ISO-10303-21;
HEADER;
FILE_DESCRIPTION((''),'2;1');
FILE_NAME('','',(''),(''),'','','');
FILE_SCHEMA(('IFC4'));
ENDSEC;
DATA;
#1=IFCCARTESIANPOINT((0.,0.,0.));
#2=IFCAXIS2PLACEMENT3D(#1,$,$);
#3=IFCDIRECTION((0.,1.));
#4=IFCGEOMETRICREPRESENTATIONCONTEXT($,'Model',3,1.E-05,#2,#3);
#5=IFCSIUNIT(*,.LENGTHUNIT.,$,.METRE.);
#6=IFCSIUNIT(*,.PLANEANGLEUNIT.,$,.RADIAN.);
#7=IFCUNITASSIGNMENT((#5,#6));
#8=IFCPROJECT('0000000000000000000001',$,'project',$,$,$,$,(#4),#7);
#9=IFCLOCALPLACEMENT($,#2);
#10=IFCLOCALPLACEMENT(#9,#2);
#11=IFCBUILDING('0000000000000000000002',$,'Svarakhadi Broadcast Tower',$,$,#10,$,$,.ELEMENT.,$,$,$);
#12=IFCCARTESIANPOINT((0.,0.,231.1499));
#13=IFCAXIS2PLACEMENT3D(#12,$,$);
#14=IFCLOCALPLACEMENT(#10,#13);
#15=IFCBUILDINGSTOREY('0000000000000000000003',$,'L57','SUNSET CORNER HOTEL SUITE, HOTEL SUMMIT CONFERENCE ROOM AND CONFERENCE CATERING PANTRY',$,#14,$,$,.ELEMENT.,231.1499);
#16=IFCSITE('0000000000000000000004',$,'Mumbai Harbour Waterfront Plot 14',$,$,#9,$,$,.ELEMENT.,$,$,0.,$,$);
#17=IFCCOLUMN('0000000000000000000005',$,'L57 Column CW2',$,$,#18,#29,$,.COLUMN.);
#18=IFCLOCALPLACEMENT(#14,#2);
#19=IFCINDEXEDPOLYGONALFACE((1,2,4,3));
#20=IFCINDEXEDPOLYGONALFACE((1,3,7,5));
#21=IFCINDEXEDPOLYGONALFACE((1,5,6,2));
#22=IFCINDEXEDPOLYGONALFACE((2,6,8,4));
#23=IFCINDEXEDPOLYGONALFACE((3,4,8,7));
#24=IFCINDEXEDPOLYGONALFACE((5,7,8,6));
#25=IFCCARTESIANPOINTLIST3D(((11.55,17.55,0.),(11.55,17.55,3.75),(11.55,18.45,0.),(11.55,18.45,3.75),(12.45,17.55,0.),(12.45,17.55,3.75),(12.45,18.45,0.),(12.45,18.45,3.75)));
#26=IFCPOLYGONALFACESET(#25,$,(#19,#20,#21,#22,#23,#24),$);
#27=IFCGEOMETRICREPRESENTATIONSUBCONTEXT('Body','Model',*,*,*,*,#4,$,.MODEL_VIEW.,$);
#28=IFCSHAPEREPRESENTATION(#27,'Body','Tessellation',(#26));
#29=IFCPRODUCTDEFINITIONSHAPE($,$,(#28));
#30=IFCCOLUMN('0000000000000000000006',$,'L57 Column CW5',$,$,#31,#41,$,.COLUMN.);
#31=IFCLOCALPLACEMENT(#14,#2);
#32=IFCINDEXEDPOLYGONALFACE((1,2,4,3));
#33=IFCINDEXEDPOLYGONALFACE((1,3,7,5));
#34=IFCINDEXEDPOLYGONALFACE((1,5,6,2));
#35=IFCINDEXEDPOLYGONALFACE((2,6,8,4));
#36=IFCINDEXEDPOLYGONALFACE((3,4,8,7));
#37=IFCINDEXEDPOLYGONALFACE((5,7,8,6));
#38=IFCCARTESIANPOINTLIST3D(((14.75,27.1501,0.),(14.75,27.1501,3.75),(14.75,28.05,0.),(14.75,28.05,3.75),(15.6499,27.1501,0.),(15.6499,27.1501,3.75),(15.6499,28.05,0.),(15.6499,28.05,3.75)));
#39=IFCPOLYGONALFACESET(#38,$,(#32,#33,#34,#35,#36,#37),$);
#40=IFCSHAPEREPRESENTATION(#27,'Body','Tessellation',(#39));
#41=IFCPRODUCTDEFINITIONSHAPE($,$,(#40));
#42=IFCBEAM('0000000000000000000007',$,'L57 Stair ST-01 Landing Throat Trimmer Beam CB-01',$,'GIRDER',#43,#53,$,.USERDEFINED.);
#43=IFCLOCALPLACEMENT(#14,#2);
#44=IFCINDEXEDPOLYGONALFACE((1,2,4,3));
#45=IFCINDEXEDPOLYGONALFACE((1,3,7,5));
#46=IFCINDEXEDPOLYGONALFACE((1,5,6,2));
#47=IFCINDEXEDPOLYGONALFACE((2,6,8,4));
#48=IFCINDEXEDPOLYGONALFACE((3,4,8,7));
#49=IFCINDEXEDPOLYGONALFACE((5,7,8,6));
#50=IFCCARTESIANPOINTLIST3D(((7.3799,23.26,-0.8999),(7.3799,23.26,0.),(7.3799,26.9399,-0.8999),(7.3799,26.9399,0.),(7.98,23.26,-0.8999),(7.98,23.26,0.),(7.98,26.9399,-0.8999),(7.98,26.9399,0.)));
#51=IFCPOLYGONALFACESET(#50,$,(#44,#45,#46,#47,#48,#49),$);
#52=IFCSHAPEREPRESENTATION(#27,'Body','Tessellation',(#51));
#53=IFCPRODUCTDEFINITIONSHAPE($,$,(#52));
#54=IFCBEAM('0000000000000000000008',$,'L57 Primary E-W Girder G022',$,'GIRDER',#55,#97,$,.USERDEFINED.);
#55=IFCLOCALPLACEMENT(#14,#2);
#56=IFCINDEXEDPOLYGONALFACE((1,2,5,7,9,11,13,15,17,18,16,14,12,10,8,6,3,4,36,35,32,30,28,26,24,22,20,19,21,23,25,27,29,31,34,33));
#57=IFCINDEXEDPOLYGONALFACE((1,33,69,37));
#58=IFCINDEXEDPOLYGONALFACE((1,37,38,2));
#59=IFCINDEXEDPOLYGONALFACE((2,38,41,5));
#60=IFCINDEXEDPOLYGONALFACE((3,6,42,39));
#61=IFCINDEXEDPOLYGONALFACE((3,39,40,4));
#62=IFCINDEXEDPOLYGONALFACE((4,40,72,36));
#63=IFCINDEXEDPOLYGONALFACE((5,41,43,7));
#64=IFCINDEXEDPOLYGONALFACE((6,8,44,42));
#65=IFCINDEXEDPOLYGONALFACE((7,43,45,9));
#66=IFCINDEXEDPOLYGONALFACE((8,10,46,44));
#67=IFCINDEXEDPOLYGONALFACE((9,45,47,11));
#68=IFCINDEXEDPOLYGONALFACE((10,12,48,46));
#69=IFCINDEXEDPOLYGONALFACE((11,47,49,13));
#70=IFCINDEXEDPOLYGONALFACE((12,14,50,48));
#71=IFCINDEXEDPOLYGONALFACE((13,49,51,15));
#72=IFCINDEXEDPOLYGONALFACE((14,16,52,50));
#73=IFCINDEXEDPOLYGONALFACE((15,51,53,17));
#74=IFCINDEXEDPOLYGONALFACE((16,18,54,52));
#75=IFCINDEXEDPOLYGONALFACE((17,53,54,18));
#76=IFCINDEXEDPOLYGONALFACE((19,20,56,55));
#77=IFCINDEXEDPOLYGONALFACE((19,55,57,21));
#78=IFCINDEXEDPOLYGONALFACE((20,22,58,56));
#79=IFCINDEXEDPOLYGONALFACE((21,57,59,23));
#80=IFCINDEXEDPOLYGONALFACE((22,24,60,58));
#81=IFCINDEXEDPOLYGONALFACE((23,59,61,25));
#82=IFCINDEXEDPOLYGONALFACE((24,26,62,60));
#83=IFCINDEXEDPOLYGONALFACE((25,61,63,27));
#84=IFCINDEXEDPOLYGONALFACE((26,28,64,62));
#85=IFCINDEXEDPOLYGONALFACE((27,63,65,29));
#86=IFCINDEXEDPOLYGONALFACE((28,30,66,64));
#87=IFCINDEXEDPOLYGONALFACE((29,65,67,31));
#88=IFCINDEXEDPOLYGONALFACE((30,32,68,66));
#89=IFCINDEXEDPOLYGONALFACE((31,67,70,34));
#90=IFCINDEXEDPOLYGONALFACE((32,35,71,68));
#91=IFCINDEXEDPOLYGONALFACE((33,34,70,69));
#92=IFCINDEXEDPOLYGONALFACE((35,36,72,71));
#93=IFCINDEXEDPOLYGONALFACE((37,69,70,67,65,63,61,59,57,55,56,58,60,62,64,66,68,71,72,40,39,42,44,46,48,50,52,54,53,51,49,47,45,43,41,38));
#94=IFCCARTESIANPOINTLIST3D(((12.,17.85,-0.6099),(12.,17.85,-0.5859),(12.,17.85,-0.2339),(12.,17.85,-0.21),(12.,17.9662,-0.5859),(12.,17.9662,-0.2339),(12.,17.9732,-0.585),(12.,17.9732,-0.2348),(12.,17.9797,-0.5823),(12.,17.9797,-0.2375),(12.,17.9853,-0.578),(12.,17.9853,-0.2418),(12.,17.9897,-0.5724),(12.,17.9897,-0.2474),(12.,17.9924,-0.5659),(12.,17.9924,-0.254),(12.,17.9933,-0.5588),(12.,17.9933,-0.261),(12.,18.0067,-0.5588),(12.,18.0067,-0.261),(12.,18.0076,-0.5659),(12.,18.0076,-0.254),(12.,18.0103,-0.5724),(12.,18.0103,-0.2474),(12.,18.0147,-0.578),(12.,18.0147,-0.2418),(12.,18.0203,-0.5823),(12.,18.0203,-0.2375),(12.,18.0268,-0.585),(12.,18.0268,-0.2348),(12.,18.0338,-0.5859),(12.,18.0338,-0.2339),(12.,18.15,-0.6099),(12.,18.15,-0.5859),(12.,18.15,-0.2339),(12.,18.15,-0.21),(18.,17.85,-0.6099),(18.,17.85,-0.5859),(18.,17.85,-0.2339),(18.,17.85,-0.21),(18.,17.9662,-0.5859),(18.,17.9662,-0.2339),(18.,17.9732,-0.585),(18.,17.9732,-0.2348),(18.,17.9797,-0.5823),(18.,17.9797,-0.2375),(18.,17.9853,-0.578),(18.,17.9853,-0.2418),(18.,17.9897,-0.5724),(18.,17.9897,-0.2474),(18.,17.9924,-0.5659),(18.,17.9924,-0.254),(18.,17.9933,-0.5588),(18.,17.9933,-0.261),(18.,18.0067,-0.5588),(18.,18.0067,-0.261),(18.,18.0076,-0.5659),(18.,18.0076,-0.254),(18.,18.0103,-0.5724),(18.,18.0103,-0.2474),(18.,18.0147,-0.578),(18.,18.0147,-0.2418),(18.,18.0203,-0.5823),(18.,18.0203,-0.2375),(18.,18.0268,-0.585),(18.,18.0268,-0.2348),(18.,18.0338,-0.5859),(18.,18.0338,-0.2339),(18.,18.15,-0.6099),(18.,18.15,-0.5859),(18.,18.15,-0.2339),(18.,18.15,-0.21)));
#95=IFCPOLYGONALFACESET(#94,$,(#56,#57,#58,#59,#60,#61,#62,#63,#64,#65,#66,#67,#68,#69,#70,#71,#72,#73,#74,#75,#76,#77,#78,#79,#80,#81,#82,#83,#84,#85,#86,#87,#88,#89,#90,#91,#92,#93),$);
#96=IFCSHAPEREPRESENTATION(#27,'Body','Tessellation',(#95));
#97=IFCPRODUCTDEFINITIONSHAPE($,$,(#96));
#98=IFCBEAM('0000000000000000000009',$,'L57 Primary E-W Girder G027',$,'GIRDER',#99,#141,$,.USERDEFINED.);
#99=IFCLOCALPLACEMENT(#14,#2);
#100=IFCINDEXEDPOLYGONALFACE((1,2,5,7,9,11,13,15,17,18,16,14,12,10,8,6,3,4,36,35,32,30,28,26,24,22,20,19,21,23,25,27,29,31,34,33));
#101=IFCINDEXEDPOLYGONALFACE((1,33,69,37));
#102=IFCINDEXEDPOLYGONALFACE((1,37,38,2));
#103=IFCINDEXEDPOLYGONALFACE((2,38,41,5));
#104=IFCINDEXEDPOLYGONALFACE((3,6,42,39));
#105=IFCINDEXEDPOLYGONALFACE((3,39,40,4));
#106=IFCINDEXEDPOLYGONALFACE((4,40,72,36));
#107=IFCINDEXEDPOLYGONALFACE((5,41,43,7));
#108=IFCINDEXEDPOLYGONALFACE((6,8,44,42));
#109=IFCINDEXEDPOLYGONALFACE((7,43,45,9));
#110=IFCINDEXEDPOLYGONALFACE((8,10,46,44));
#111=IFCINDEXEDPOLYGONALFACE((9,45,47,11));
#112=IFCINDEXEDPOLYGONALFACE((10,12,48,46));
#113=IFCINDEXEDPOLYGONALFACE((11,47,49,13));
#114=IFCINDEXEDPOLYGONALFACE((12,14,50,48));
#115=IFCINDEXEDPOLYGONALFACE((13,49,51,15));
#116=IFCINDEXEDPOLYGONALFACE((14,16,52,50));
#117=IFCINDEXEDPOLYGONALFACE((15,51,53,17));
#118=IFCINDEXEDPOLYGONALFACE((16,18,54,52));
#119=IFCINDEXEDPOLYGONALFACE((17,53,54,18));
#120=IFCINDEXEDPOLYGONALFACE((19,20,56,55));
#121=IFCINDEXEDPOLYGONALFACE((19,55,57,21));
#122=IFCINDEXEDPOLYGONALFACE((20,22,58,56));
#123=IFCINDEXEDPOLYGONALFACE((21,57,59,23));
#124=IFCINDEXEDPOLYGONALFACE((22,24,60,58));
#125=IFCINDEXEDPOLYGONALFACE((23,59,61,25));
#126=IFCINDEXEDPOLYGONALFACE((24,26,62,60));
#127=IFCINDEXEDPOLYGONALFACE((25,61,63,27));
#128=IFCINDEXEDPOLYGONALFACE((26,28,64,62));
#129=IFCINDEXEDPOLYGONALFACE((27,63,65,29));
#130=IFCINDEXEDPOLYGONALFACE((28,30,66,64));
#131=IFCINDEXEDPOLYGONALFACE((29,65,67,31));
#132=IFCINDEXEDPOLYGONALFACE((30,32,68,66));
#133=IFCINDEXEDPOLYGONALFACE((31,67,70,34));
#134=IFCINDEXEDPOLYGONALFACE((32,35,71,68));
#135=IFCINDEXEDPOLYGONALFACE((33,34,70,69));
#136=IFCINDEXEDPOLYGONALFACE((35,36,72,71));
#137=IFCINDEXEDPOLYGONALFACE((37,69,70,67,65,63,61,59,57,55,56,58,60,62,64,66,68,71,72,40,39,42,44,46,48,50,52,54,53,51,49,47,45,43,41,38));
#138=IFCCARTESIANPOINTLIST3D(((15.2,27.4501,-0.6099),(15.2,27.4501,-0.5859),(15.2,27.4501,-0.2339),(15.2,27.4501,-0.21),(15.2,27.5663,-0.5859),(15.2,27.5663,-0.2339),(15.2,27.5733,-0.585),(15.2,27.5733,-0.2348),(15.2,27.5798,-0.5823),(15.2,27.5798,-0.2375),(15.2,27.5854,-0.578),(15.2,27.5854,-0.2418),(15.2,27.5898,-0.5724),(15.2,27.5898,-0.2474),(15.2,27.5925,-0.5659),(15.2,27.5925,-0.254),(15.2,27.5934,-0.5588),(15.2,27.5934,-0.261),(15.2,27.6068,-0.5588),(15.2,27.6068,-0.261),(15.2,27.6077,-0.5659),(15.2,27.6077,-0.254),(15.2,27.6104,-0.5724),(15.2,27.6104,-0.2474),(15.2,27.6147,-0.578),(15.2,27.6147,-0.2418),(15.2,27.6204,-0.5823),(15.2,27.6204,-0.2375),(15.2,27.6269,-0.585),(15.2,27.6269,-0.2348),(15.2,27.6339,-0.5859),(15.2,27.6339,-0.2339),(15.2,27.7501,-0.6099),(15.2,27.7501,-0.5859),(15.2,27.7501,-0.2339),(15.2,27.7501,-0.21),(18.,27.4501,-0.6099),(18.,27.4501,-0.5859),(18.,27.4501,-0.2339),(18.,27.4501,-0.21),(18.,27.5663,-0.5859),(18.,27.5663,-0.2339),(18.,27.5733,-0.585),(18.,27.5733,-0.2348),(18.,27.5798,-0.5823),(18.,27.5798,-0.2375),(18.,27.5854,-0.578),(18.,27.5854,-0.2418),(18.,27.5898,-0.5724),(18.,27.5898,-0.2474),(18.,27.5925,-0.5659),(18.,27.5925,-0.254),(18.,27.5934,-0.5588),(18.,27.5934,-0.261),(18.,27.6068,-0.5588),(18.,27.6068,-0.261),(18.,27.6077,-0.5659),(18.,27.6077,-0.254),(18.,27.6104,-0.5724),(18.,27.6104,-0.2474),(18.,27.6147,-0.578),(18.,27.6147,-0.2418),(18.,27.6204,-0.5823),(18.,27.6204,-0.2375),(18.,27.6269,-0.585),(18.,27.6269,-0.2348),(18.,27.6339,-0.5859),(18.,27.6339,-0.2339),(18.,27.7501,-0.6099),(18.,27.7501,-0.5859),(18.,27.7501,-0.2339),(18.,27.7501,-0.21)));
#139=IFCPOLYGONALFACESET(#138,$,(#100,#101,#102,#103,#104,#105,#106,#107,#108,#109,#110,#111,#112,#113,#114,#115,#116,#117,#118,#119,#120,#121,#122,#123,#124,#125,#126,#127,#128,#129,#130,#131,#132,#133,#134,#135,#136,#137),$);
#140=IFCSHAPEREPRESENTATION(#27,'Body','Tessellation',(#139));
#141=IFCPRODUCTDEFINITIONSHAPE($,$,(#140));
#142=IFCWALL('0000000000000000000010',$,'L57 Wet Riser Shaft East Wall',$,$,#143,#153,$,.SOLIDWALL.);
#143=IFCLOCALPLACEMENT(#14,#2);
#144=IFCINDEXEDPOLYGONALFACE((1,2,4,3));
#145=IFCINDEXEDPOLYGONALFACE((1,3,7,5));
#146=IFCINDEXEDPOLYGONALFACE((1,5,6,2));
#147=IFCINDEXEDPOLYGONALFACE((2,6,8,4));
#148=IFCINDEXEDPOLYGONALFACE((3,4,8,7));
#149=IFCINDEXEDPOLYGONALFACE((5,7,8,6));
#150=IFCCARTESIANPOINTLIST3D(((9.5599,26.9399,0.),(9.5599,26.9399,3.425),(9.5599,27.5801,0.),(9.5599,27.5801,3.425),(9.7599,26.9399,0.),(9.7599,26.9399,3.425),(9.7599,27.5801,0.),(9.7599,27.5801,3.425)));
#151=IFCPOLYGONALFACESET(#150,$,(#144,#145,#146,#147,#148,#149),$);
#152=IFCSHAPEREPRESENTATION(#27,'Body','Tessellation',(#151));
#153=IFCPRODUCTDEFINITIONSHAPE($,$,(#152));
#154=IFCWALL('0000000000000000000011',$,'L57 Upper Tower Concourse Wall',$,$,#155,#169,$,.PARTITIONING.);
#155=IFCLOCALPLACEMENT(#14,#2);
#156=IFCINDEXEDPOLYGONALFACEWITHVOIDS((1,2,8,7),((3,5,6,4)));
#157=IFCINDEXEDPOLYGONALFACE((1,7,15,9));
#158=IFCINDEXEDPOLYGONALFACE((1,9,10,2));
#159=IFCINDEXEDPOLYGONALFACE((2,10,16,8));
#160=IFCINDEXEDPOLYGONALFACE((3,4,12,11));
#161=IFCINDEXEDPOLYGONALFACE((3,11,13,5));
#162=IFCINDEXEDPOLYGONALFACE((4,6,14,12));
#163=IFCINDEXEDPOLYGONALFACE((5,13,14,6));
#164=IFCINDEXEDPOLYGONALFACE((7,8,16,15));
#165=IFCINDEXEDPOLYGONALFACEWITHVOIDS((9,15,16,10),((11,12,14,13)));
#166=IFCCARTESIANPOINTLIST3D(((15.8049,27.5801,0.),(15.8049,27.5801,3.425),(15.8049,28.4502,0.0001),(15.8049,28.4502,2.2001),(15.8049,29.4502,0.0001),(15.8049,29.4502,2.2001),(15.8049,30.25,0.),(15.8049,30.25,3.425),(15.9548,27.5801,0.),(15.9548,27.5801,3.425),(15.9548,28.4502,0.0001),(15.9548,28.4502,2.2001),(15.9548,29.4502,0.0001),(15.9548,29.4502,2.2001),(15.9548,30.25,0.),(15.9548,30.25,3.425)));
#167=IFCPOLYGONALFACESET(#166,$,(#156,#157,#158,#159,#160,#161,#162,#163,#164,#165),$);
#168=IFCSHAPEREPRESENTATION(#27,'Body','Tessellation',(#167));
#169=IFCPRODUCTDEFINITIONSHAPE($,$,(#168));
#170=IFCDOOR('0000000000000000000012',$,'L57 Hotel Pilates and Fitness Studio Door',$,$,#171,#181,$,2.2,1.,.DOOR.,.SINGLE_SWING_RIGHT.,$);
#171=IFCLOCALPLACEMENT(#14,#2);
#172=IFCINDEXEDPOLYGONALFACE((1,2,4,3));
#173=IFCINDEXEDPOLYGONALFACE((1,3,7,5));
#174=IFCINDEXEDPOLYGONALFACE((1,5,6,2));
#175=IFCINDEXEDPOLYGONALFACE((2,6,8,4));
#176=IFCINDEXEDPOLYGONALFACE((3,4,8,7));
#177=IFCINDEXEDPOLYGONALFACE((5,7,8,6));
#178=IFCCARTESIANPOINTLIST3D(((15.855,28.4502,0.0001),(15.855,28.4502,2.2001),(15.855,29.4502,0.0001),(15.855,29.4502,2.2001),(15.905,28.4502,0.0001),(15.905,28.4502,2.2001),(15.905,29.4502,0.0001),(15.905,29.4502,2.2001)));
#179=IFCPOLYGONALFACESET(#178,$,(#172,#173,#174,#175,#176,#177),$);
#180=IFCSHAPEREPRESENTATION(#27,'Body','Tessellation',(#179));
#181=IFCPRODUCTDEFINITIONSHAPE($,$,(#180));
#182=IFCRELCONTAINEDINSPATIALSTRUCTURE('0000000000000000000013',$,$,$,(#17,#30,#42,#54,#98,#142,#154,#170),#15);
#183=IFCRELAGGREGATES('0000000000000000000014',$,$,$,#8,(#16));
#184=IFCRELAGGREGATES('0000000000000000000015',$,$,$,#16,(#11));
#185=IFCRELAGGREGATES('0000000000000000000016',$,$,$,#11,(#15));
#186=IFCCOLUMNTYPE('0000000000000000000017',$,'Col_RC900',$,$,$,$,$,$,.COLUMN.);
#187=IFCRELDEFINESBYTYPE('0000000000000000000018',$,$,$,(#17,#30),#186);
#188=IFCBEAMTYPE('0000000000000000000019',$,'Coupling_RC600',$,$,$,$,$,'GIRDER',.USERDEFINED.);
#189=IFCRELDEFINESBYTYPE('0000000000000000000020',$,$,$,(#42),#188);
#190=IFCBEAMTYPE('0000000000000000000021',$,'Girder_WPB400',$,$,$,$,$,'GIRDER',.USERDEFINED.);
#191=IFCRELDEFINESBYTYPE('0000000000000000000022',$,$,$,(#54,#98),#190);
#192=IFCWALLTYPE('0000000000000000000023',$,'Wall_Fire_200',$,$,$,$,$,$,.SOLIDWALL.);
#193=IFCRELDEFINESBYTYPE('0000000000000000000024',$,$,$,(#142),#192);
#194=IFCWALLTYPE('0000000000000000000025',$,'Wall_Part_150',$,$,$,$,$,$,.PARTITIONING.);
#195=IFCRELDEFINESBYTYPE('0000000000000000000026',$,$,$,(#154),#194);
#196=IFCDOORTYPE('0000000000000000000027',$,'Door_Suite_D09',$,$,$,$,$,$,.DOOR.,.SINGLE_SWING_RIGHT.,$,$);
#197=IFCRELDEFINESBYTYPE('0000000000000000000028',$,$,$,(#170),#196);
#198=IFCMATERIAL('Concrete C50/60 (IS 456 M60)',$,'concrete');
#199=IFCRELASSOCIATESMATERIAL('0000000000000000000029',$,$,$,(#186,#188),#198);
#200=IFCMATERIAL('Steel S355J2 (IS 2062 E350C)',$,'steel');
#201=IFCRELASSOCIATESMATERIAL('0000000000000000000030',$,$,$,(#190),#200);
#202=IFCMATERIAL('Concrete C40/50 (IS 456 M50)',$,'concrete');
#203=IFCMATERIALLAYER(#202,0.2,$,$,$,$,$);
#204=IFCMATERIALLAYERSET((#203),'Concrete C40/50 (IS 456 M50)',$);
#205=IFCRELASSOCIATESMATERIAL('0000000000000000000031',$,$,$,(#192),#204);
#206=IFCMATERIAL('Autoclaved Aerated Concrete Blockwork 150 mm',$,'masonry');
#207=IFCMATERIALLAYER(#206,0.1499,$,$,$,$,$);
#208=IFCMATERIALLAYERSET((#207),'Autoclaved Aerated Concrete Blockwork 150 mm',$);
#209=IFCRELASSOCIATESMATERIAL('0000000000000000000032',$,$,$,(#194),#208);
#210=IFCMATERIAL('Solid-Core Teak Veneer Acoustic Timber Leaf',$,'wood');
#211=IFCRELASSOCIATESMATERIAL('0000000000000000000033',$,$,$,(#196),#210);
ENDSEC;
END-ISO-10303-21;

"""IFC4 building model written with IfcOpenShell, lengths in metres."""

from ifc_helpers import new_model, si_unit, direction, frame, frame_2d, origin, origin_2d, place, context, subcontext, project, spatial, rectangle, i_section, extrude, material, layer, layer_set, material_profile, profile_set, type_object, element, fill, save


model = new_model("IFC4")

# Units and contexts
model_context = context("Model", 3, precision=1e-05, world=origin(), true_north=direction((0.0, 1.0)))
body_context = subcontext(model_context, "Body", "Model", "MODEL_VIEW")
ifc_project = project(units=[si_unit("LENGTHUNIT", "METRE"), si_unit("PLANEANGLEUNIT", "RADIAN")], contexts=[model_context])

# Site, building, storey
site_placement = place(None, origin())
site = spatial("IfcSite", under=ifc_project, at=site_placement, Name="Mumbai Harbour Waterfront Plot 14", CompositionType="ELEMENT", RefElevation=0.0)
building_placement = place(site_placement, origin())
building = spatial("IfcBuilding", under=site, at=building_placement, Name="Svarakhadi Broadcast Tower", CompositionType="ELEMENT")
storey_placement = place(building_placement, frame((0.0, 0.0, 231.1499)))
storey = spatial("IfcBuildingStorey", under=building, at=storey_placement, Name="L57", Description="SUNSET CORNER HOTEL SUITE, HOTEL SUMMIT CONFERENCE ROOM AND CONFERENCE CATERING PANTRY", CompositionType="ELEMENT", Elevation=231.1499)

# Columns
ifc_material_1 = material(Name="Concrete C50/60 (IS 456 M60)", Category="concrete")
ifc_material_profile_1 = material_profile(ifc_material_1, rectangle(XDim=0.8999, YDim=0.8999, at=origin_2d()), Name="RC 900x900")
ifc_profile_set_1 = profile_set([ifc_material_profile_1], Name="Concrete C50/60 (IS 456 M60)")
column_type = type_object("IfcColumnType", Name="Col_RC900", PredefinedType="COLUMN", material=ifc_profile_set_1)
for number, where, z_axis, x_axis, name in (
    (1, (12.0, 18.0, 0.0), (0.0, 0.0, 1.0), (1.0, 0.0, 0.0), "L57 Column CW2"),
    (2, (15.2, 27.6001, 0.0), (0.0, 0.0, 1.0), (1.0, 0.0, 0.0), "L57 Column CW5"),
):
    element("IfcColumn", number, at=place(storey_placement, frame(where, z_axis=z_axis, x_axis=x_axis)), inside=storey, type_object=column_type, Name=name, PredefinedType="COLUMN", context=body_context, shape_type="SweptSolid", body=[
        extrude(rectangle(XDim=0.8999, YDim=0.8999, at=origin_2d()), origin(), (0.0, 0.0, 1.0), 3.75),
    ])

# Beams
ifc_material_profile_2 = material_profile(ifc_material_1, rectangle(XDim=0.6001, YDim=0.8999, at=origin_2d()), Name="RC 600x900")
ifc_profile_set_2 = profile_set([ifc_material_profile_2], Name="Concrete C50/60 (IS 456 M60)")
beam_type_1 = type_object("IfcBeamType", Name="Coupling_RC600", ElementType="GIRDER", PredefinedType="USERDEFINED", material=ifc_profile_set_2)
beam_1_placement = place(storey_placement, frame((7.6799, 23.26, -0.45), z_axis=(0.0, 1.0, 0.0), x_axis=(-1.0, 0.0, 0.0)))
element("IfcBeam", 3, at=beam_1_placement, inside=storey, type_object=beam_type_1, Name="L57 Stair ST-01 Landing Throat Trimmer Beam CB-01", ObjectType="GIRDER", PredefinedType="USERDEFINED", context=body_context, shape_type="SweptSolid", body=[
    extrude(rectangle(XDim=0.6001, YDim=0.8999, at=origin_2d()), origin(), (0.0, 0.0, 1.0), 3.6799),
])
ifc_material_2 = material(Name="Steel S355J2 (IS 2062 E350C)", Category="steel")
ifc_material_profile_3 = material_profile(ifc_material_2, i_section(OverallWidth=0.3, OverallDepth=0.3999, WebThickness=0.0134, FlangeThickness=0.0239, FilletRadius=0.0271, at=origin_2d()), Name="WPB 400x300x155")
ifc_profile_set_3 = profile_set([ifc_material_profile_3], Name="Steel S355J2 (IS 2062 E350C)")
beam_type_2 = type_object("IfcBeamType", Name="Girder_WPB400", ElementType="GIRDER", PredefinedType="USERDEFINED", material=ifc_profile_set_3)
beam_2_placement = place(storey_placement, frame((12.0, 18.0, -0.4099), z_axis=(1.0, 0.0, 0.0), x_axis=(0.0, 1.0, 0.0)))
element("IfcBeam", 4, at=beam_2_placement, inside=storey, type_object=beam_type_2, Name="L57 Primary E-W Girder G022", ObjectType="GIRDER", PredefinedType="USERDEFINED", context=body_context, shape_type="SweptSolid", body=[
    extrude(i_section(OverallWidth=0.3, OverallDepth=0.3999, WebThickness=0.0134, FlangeThickness=0.0239, FilletRadius=0.0271, at=origin_2d()), origin(), (0.0, 0.0, 1.0), 6.0),
])
beam_3_placement = place(storey_placement, frame((15.2, 27.6001, -0.4099), z_axis=(1.0, 0.0, 0.0), x_axis=(0.0, 1.0, 0.0)))
element("IfcBeam", 5, at=beam_3_placement, inside=storey, type_object=beam_type_2, Name="L57 Primary E-W Girder G027", ObjectType="GIRDER", PredefinedType="USERDEFINED", context=body_context, shape_type="SweptSolid", body=[
    extrude(i_section(OverallWidth=0.3, OverallDepth=0.3999, WebThickness=0.0134, FlangeThickness=0.0239, FilletRadius=0.0271, at=origin_2d()), origin(), (0.0, 0.0, 1.0), 2.8),
])

# Wall
ifc_material_3 = material(Name="Concrete C40/50 (IS 456 M50)", Category="concrete")
ifc_layer_1 = layer(ifc_material_3, 0.2)
ifc_layer_set_1 = layer_set([ifc_layer_1], Name="Concrete C40/50 (IS 456 M50)")
wall_type_1 = type_object("IfcWallType", Name="Wall_Fire_200", PredefinedType="SOLIDWALL", material=ifc_layer_set_1)
wall_1_placement = place(storey_placement, frame((9.6599, 26.9399, 0.0), z_axis=(0.0, 0.0, 1.0), x_axis=(0.0, 1.0, 0.0)))
element("IfcWall", 6, at=wall_1_placement, inside=storey, type_object=wall_type_1, Name="L57 Wet Riser Shaft East Wall", PredefinedType="SOLIDWALL", context=body_context, shape_type="SweptSolid", body=[
    extrude(rectangle(XDim=0.6401, YDim=0.2, at=frame_2d((0.3201, 0.0))), origin(), (0.0, 0.0, 1.0), 3.425),
])

# Wall, opening, door
ifc_material_4 = material(Name="Autoclaved Aerated Concrete Blockwork 150 mm", Category="masonry")
ifc_layer_2 = layer(ifc_material_4, 0.1499)
ifc_layer_set_2 = layer_set([ifc_layer_2], Name="Autoclaved Aerated Concrete Blockwork 150 mm")
wall_type_2 = type_object("IfcWallType", Name="Wall_Part_150", PredefinedType="PARTITIONING", material=ifc_layer_set_2)
wall_2_placement = place(storey_placement, frame((15.8799, 27.5801, 0.0), z_axis=(0.0, 0.0, 1.0), x_axis=(0.0, 1.0, 0.0)))
wall_2 = element("IfcWall", 7, at=wall_2_placement, inside=storey, type_object=wall_type_2, Name="L57 Upper Tower Concourse Wall", PredefinedType="PARTITIONING", context=body_context, shape_type="SweptSolid", body=[
    extrude(rectangle(XDim=2.6699, YDim=0.1499, at=frame_2d((1.335, 0.0))), origin(), (0.0, 0.0, 1.0), 3.425),
])
opening_1_placement = place(wall_2_placement, frame((0.8701, 0.0, 0.0)))
opening_1 = element("IfcOpeningElement", 8, at=opening_1_placement, cuts=wall_2, PredefinedType="OPENING", context=body_context, shape_type="SweptSolid", body=[
    extrude(rectangle(XDim=1.0, YDim=2.2, at=frame_2d((0.5, 1.1001))), frame((0.0, 0.085, 0.0), z_axis=(0.0, -1.0, 0.0), x_axis=(1.0, 0.0, 0.0)), (0.0, 0.0, 1.0), 0.1699),
])
ifc_material_5 = material(Name="Solid-Core Teak Veneer Acoustic Timber Leaf", Category="wood")
door_type_1 = type_object("IfcDoorType", Name="Door_Suite_D09", OperationType="SINGLE_SWING_RIGHT", PredefinedType="DOOR", material=ifc_material_5)
door_1_placement = place(opening_1_placement, origin())
door_1 = element("IfcDoor", 9, at=door_1_placement, inside=storey, type_object=door_type_1, Name="L57 Hotel Pilates and Fitness Studio Door", OperationType="SINGLE_SWING_RIGHT", OverallHeight=2.2, OverallWidth=1.0, PredefinedType="DOOR", context=body_context, shape_type="SweptSolid", body=[
    extrude(rectangle(XDim=1.0, YDim=2.2, at=frame_2d((0.5, 1.1001))), frame((0.0, 0.0249, 0.0), z_axis=(0.0, -1.0, 0.0), x_axis=(1.0, 0.0, 0.0)), (0.0, 0.0, 1.0), 0.05),
])
fill(opening_1, door_1)

save(model, "model.ifc")
